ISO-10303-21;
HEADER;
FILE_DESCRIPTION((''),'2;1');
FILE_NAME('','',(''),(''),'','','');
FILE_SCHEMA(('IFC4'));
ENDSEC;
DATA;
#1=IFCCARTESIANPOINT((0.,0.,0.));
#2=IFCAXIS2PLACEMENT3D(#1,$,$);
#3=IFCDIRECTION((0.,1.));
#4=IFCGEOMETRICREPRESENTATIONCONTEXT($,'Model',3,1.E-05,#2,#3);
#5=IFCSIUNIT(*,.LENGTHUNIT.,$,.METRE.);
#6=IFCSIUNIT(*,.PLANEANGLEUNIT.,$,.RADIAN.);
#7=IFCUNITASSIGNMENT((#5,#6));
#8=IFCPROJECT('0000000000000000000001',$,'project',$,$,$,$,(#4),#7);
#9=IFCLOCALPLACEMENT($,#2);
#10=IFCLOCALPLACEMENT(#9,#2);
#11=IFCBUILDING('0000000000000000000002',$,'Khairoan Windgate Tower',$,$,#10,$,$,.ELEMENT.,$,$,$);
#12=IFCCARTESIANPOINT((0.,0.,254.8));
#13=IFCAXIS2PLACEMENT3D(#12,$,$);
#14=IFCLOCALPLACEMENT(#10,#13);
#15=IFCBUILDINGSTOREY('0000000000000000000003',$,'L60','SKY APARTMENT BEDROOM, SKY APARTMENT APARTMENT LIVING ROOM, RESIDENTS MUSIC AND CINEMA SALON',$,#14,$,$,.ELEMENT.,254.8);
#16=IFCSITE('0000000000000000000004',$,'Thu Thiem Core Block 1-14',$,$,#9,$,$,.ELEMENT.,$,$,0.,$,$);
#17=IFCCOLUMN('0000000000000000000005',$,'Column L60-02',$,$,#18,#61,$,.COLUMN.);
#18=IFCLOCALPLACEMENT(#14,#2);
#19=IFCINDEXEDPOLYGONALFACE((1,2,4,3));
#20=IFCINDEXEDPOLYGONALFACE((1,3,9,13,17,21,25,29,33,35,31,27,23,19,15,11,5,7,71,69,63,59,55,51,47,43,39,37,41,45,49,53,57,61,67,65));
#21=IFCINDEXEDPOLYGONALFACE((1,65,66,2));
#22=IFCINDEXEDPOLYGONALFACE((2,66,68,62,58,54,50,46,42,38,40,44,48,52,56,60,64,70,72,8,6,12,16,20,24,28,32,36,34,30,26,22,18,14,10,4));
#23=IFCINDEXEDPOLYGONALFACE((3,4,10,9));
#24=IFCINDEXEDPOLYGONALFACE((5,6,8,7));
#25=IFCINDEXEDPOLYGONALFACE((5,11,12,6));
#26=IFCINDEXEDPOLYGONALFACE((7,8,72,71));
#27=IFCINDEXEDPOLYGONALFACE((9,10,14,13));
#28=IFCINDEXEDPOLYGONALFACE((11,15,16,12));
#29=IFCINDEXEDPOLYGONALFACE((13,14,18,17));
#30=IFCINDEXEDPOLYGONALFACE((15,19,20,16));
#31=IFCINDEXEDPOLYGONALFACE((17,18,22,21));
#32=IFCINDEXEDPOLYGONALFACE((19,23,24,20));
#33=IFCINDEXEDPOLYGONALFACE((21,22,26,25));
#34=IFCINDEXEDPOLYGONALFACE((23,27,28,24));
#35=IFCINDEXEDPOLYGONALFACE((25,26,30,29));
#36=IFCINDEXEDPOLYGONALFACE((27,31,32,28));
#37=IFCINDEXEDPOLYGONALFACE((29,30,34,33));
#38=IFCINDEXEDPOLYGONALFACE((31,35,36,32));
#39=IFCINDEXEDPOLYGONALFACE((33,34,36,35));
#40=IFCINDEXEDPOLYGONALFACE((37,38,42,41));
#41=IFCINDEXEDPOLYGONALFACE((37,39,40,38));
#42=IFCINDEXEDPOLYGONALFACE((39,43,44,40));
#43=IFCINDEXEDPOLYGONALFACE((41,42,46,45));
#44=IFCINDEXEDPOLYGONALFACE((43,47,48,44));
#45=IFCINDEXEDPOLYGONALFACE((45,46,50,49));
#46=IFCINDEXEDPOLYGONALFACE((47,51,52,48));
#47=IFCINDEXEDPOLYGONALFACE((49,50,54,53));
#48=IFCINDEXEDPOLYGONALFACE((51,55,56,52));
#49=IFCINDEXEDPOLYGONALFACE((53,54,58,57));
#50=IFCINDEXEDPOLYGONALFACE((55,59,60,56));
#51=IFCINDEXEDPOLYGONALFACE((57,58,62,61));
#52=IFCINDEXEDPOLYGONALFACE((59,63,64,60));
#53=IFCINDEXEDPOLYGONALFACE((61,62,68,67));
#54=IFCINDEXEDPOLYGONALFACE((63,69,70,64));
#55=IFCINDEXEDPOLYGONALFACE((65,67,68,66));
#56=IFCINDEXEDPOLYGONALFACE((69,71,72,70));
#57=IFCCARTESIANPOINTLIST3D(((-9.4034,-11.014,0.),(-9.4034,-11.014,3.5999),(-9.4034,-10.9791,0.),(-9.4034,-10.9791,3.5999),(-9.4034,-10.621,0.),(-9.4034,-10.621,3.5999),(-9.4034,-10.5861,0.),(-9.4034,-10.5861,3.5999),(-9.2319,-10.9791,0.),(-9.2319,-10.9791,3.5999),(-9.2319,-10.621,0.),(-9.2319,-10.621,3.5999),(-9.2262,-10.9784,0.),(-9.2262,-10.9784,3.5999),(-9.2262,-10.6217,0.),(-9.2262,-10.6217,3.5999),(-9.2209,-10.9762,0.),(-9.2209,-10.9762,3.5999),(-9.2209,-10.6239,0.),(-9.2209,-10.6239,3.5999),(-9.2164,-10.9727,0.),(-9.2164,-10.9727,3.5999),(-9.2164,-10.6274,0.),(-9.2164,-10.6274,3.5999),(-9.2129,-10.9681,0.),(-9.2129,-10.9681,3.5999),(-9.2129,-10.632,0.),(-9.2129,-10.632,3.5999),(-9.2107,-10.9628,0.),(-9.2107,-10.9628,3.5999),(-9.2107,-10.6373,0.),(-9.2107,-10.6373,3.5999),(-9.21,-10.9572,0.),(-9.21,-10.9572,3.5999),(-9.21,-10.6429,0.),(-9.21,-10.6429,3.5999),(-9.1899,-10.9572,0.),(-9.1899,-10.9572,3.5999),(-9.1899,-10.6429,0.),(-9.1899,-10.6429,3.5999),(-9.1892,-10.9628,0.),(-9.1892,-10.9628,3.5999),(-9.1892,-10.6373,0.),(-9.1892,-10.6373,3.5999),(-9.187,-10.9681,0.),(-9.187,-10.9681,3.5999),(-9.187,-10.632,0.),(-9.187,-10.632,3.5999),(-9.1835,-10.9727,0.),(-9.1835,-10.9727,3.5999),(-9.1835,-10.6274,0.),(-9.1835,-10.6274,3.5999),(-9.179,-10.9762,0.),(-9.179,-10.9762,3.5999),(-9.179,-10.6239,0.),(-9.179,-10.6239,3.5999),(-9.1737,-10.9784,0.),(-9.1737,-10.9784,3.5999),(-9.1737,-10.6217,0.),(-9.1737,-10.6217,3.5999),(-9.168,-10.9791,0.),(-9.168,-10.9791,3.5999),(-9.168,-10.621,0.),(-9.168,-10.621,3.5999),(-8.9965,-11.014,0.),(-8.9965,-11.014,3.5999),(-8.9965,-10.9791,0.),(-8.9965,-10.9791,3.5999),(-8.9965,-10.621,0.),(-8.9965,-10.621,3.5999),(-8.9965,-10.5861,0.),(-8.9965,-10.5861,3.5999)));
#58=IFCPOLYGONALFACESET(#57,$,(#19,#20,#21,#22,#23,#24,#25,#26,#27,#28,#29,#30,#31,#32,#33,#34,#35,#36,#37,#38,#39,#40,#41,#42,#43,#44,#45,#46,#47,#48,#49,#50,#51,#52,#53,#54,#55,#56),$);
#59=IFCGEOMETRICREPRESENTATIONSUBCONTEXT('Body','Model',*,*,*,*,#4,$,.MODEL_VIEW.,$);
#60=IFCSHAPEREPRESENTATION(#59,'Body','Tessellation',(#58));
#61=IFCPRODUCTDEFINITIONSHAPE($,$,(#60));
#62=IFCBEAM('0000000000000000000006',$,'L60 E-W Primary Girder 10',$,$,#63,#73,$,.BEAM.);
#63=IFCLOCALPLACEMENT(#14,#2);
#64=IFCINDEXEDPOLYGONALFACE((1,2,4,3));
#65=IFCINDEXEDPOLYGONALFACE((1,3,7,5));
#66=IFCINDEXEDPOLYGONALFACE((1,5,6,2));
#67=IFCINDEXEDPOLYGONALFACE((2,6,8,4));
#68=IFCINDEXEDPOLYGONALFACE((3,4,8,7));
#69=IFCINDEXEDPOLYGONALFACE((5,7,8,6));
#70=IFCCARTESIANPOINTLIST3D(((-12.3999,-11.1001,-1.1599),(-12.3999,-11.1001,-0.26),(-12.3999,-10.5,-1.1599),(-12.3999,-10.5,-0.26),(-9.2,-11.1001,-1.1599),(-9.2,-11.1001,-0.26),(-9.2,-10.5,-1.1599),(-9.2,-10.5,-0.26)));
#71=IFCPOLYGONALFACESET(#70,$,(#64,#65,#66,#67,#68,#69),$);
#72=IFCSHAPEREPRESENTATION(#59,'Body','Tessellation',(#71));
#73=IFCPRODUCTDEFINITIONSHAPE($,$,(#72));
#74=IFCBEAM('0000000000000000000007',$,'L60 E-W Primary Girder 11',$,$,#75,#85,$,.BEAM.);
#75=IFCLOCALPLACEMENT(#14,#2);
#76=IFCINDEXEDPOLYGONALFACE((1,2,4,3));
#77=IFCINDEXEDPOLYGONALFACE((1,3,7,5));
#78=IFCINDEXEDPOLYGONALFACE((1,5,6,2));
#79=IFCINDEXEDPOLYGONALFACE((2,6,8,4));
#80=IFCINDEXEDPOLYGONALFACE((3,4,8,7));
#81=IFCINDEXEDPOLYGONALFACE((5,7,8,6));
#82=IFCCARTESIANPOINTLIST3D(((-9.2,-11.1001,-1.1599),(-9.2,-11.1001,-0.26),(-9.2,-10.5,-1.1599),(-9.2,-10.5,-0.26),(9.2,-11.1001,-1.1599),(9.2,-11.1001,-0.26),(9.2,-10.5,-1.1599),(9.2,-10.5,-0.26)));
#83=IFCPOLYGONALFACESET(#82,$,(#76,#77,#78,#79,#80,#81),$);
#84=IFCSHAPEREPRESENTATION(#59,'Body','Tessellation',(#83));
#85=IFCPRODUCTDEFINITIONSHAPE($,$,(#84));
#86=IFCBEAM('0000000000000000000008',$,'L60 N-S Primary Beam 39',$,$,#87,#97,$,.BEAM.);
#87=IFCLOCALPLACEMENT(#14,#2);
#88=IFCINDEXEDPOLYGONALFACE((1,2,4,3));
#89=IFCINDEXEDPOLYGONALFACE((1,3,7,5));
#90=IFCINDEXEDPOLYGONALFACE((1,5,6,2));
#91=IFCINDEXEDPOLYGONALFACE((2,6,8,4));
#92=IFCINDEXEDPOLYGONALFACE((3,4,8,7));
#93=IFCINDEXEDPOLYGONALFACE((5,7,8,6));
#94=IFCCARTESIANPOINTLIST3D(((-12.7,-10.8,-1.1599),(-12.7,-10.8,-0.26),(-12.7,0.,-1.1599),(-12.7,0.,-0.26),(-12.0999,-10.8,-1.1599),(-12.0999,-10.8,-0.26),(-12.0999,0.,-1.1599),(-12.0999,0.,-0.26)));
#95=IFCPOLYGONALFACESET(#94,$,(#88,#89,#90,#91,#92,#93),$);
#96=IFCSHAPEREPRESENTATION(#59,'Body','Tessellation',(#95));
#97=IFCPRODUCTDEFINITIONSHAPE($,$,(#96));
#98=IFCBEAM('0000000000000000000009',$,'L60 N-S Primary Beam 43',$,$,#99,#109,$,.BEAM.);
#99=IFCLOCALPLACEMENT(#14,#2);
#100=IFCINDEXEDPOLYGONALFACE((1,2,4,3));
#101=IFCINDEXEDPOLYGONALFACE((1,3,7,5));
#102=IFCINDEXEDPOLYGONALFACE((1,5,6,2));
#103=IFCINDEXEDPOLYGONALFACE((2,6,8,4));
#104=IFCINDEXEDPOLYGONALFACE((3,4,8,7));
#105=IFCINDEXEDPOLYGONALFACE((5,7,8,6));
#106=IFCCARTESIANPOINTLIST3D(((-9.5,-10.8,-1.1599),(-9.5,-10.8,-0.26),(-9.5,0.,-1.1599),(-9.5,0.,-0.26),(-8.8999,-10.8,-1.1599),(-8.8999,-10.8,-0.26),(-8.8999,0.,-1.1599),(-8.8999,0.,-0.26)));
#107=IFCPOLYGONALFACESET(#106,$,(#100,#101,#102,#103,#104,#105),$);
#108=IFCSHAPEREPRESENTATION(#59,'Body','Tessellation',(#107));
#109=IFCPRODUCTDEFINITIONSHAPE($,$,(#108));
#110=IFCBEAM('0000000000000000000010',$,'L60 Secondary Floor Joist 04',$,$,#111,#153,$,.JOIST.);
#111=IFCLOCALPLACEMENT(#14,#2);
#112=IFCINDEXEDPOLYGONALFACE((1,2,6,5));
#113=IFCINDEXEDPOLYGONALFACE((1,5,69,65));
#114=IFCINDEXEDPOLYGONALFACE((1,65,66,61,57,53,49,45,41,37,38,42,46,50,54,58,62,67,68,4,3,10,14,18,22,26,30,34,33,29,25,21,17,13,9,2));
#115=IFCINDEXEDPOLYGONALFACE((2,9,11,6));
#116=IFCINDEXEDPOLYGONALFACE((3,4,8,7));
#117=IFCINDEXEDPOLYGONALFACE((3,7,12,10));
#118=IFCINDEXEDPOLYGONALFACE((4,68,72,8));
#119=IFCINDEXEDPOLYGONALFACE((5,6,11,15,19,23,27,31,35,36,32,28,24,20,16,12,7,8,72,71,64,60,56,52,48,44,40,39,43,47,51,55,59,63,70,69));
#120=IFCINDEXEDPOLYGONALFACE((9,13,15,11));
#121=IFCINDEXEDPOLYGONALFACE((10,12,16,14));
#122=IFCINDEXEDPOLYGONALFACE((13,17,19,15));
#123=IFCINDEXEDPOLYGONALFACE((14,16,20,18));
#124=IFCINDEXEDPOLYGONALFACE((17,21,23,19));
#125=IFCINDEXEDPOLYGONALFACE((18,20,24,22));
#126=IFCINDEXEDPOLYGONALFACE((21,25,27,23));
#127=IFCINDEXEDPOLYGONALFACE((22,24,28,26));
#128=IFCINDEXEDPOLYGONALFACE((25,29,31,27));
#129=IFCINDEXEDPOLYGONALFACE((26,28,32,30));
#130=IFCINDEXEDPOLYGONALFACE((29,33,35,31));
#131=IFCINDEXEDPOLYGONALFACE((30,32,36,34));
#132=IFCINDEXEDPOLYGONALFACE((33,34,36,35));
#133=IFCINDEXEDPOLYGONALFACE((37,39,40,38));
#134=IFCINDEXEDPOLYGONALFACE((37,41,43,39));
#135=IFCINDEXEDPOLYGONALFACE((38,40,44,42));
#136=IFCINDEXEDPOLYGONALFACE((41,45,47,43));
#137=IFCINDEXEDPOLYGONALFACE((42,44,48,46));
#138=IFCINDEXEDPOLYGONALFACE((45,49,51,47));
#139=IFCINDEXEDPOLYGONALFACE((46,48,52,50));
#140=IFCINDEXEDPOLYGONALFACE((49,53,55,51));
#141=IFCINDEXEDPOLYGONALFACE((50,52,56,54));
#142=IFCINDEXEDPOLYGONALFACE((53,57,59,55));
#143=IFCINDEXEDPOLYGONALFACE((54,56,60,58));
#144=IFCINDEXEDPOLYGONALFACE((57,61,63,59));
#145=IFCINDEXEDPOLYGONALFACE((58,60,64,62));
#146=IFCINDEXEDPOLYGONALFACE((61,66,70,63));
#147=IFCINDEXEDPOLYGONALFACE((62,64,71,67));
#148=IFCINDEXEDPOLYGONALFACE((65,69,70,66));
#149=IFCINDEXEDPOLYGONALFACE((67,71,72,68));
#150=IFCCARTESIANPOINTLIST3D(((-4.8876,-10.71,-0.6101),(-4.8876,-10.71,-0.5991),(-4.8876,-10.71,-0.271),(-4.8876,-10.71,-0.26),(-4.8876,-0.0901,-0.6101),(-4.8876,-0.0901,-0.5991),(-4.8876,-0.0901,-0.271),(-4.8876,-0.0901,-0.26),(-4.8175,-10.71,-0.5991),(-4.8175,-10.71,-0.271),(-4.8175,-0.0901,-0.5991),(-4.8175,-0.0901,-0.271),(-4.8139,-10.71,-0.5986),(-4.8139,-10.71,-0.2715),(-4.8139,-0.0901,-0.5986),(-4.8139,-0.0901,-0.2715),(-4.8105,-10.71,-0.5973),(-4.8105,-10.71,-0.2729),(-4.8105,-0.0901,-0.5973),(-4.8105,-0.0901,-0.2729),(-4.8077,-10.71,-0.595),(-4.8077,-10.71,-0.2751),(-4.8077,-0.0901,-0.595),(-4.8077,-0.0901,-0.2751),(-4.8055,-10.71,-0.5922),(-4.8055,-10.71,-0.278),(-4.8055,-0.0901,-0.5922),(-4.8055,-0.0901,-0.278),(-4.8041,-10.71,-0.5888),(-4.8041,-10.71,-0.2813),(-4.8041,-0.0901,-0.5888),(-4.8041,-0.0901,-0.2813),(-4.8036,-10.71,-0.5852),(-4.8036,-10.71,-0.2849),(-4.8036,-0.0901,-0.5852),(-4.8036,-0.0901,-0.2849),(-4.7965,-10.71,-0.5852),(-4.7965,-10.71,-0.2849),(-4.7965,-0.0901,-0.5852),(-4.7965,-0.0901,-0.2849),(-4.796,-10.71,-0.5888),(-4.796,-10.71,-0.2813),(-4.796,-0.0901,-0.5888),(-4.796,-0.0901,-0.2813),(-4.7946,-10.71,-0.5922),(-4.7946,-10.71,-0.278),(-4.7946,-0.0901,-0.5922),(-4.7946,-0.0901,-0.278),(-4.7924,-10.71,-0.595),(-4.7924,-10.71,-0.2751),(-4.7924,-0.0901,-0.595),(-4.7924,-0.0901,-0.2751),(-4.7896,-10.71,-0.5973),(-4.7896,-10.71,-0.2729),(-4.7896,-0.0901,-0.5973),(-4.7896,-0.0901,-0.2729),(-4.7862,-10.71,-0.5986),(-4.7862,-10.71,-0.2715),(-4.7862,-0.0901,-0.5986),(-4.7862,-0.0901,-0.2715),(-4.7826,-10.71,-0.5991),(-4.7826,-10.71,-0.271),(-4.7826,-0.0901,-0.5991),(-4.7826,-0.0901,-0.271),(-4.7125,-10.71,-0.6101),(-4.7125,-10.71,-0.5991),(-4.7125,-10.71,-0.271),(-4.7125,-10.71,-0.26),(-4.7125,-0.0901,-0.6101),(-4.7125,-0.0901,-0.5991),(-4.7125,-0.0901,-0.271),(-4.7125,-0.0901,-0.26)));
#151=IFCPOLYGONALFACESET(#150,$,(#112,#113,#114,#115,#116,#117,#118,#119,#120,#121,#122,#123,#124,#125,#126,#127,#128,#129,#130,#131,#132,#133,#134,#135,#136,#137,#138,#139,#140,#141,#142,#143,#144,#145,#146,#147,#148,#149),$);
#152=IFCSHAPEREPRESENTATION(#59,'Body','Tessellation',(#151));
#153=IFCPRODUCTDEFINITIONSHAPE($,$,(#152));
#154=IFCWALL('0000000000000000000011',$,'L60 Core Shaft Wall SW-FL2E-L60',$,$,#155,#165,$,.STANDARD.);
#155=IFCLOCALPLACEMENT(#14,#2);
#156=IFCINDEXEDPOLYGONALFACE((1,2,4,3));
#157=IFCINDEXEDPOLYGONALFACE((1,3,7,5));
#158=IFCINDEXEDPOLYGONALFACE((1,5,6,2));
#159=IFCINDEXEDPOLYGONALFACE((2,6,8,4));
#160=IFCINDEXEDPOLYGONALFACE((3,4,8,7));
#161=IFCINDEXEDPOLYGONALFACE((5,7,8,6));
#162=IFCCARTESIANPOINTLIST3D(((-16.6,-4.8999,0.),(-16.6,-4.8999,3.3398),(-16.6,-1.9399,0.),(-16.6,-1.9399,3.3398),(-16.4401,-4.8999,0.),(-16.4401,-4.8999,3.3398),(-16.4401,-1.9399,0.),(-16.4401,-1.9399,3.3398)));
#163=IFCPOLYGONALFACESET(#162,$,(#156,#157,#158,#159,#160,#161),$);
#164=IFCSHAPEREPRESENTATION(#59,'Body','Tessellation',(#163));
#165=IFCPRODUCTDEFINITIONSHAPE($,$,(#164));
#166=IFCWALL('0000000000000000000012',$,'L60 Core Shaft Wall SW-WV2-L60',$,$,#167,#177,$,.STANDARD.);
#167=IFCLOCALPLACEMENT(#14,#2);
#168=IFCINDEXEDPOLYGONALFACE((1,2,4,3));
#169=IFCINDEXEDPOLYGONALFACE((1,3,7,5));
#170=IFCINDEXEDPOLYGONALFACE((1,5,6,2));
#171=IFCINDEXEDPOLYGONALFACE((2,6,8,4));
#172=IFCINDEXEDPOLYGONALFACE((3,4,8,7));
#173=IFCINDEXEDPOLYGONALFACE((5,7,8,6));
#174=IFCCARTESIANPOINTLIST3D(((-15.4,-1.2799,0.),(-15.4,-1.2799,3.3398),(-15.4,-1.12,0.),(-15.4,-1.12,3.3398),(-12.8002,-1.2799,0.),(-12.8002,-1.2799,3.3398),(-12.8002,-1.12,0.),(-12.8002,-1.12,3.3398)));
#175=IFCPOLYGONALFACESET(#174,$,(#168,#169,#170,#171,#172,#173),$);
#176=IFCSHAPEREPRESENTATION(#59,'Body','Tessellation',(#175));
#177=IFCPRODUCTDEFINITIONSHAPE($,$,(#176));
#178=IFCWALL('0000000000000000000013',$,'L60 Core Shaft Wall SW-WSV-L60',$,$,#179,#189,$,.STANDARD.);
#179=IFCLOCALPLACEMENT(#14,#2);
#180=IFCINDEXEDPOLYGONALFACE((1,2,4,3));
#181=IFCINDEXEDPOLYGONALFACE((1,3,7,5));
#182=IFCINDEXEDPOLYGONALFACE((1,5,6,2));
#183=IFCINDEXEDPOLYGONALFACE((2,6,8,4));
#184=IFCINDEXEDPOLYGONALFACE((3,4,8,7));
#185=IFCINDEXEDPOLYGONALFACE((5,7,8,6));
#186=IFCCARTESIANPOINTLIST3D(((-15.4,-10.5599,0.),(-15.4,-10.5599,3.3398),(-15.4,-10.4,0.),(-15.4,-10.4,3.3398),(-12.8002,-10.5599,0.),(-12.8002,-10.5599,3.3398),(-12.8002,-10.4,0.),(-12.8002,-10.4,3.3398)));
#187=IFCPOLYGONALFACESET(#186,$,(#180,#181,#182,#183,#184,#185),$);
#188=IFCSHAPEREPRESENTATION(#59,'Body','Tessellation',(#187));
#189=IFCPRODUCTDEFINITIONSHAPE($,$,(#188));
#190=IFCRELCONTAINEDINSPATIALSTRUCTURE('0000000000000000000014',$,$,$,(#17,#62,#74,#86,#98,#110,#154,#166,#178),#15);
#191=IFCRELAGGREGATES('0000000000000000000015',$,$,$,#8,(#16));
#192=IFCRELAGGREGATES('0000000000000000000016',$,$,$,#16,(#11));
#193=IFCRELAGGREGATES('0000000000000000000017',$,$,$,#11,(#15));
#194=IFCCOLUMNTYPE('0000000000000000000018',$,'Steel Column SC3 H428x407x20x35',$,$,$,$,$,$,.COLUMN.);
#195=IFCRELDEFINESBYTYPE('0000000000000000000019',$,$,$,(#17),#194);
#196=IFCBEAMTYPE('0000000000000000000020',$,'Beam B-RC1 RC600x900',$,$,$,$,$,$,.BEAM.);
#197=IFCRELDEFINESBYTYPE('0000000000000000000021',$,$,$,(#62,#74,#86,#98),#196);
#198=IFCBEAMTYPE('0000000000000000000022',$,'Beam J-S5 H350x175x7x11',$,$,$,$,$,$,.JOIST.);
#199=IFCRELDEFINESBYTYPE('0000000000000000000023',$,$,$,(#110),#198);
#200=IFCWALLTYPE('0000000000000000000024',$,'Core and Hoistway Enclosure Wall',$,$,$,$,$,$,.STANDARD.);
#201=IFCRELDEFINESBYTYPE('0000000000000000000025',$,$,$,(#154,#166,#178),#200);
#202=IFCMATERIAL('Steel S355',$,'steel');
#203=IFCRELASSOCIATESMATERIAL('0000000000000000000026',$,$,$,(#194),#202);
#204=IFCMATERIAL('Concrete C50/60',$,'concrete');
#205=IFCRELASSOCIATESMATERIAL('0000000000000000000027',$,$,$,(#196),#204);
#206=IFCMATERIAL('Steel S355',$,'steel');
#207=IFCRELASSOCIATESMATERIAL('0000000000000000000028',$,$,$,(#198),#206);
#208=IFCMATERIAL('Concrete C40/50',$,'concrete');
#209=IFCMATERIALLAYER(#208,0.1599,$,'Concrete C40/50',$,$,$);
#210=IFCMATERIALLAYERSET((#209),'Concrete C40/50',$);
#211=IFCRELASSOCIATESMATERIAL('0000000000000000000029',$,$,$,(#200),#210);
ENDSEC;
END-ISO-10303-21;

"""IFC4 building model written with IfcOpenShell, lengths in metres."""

from ifc_helpers import new_model, si_unit, direction, frame, frame_2d, origin, origin_2d, place, context, subcontext, project, spatial, rectangle, i_section, extrude, material, layer, layer_set, material_profile, profile_set, type_object, element, save


model = new_model("IFC4")

# Units and contexts
model_context = context("Model", 3, precision=1e-05, world=origin(), true_north=direction((0.0, 1.0)))
body_context = subcontext(model_context, "Body", "Model", "MODEL_VIEW")
ifc_project = project(units=[si_unit("LENGTHUNIT", "METRE"), si_unit("PLANEANGLEUNIT", "RADIAN")], contexts=[model_context])

# Site, building, storey
site_placement = place(None, origin())
site = spatial("IfcSite", under=ifc_project, at=site_placement, Name="Thu Thiem Core Block 1-14", CompositionType="ELEMENT", RefElevation=0.0)
building_placement = place(site_placement, origin())
building = spatial("IfcBuilding", under=site, at=building_placement, Name="Khairoan Windgate Tower", CompositionType="ELEMENT")
storey_placement = place(building_placement, frame((0.0, 0.0, 254.8)))
storey = spatial("IfcBuildingStorey", under=building, at=storey_placement, Name="L60", Description="SKY APARTMENT BEDROOM, SKY APARTMENT APARTMENT LIVING ROOM, RESIDENTS MUSIC AND CINEMA SALON", CompositionType="ELEMENT", Elevation=254.8)

# Column
ifc_material_1 = material(Name="Steel S355", Category="steel")
ifc_material_profile_1 = material_profile(ifc_material_1, i_section(OverallWidth=0.407, OverallDepth=0.428, WebThickness=0.02, FlangeThickness=0.0349, FilletRadius=0.022, at=origin_2d()))
ifc_profile_set_1 = profile_set([ifc_material_profile_1], Name="Steel S355")
column_type = type_object("IfcColumnType", Name="Steel Column SC3 H428x407x20x35", PredefinedType="COLUMN", material=ifc_profile_set_1)
column_placement = place(storey_placement, frame((-9.2, -10.8, 0.0), z_axis=(0.0, 0.0, 1.0), x_axis=(1.0, 0.0, 0.0)))
element("IfcColumn", 1, at=column_placement, inside=storey, type_object=column_type, Name="Column L60-02", PredefinedType="COLUMN", context=body_context, shape_type="SweptSolid", body=[
    extrude(i_section(OverallWidth=0.407, OverallDepth=0.428, WebThickness=0.02, FlangeThickness=0.0349, FilletRadius=0.022, at=origin_2d()), origin(), (0.0, 0.0, 1.0), 3.5999),
])

# Beams
ifc_material_2 = material(Name="Concrete C50/60", Category="concrete")
ifc_material_profile_2 = material_profile(ifc_material_2, rectangle(XDim=0.6001, YDim=0.8999, at=origin_2d()))
ifc_profile_set_2 = profile_set([ifc_material_profile_2], Name="Concrete C50/60")
beam_type_1 = type_object("IfcBeamType", Name="Beam B-RC1 RC600x900", PredefinedType="BEAM", material=ifc_profile_set_2)
beam_1_placement = place(storey_placement, frame((-12.3999, -10.8, -0.71), z_axis=(1.0, 0.0, 0.0), x_axis=(0.0, 1.0, 0.0)))
element("IfcBeam", 2, at=beam_1_placement, inside=storey, type_object=beam_type_1, Name="L60 E-W Primary Girder 10", PredefinedType="BEAM", context=body_context, shape_type="SweptSolid", body=[
    extrude(rectangle(XDim=0.6001, YDim=0.8999, at=origin_2d()), origin(), (0.0, 0.0, 1.0), 3.2),
])
beam_2_placement = place(storey_placement, frame((-9.2, -10.8, -0.71), z_axis=(1.0, 0.0, 0.0), x_axis=(0.0, 1.0, 0.0)))
element("IfcBeam", 3, at=beam_2_placement, inside=storey, type_object=beam_type_1, Name="L60 E-W Primary Girder 11", PredefinedType="BEAM", context=body_context, shape_type="SweptSolid", body=[
    extrude(rectangle(XDim=0.6001, YDim=0.8999, at=origin_2d()), origin(), (0.0, 0.0, 1.0), 18.3999),
])
for number, where, z_axis, x_axis, name in (
    (4, (-12.3999, -10.8, -0.71), (0.0, 1.0, 0.0), (-1.0, 0.0, 0.0), "L60 N-S Primary Beam 39"),
    (5, (-9.2, -10.8, -0.71), (0.0, 1.0, 0.0), (-1.0, 0.0, 0.0), "L60 N-S Primary Beam 43"),
):
    element("IfcBeam", number, at=place(storey_placement, frame(where, z_axis=z_axis, x_axis=x_axis)), inside=storey, type_object=beam_type_1, Name=name, PredefinedType="BEAM", context=body_context, shape_type="SweptSolid", body=[
        extrude(rectangle(XDim=0.6001, YDim=0.8999, at=origin_2d()), origin(), (0.0, 0.0, 1.0), 10.8),
    ])
ifc_material_3 = material(Name="Steel S355", Category="steel")
ifc_material_profile_3 = material_profile(ifc_material_3, i_section(OverallWidth=0.175, OverallDepth=0.3501, WebThickness=0.0071, FlangeThickness=0.011, FilletRadius=0.0139, at=origin_2d()))
ifc_profile_set_3 = profile_set([ifc_material_profile_3], Name="Steel S355")
beam_type_2 = type_object("IfcBeamType", Name="Beam J-S5 H350x175x7x11", PredefinedType="JOIST", material=ifc_profile_set_3)
beam_3_placement = place(storey_placement, frame((-4.8, -10.71, -0.4351), z_axis=(0.0, 1.0, 0.0), x_axis=(-1.0, 0.0, 0.0)))
element("IfcBeam", 6, at=beam_3_placement, inside=storey, type_object=beam_type_2, Name="L60 Secondary Floor Joist 04", PredefinedType="JOIST", context=body_context, shape_type="SweptSolid", body=[
    extrude(i_section(OverallWidth=0.175, OverallDepth=0.3501, WebThickness=0.0071, FlangeThickness=0.011, FilletRadius=0.0139, at=origin_2d()), origin(), (0.0, 0.0, 1.0), 10.6199),
])

# Walls
ifc_material_4 = material(Name="Concrete C40/50", Category="concrete")
ifc_layer_1 = layer(ifc_material_4, 0.1599, Name="Concrete C40/50")
ifc_layer_set_1 = layer_set([ifc_layer_1], Name="Concrete C40/50")
wall_type_1 = type_object("IfcWallType", Name="Core and Hoistway Enclosure Wall", PredefinedType="STANDARD", material=ifc_layer_set_1)
wall_1_placement = place(storey_placement, frame((-16.52, -4.8999, 0.0), z_axis=(0.0, 0.0, 1.0), x_axis=(0.0, 1.0, 0.0)))
element("IfcWall", 7, at=wall_1_placement, inside=storey, type_object=wall_type_1, Name="L60 Core Shaft Wall SW-FL2E-L60", PredefinedType="STANDARD", context=body_context, shape_type="SweptSolid", body=[
    extrude(rectangle(XDim=2.96, YDim=0.1599, at=frame_2d((1.48, 0.0))), origin(), (0.0, 0.0, 1.0), 3.3398),
])
for number, where, z_axis, x_axis, name in (
    (8, (-15.3999, -1.2, 0.0), (0.0, 0.0, 1.0), (1.0, 0.0, 0.0), "L60 Core Shaft Wall SW-WV2-L60"),
    (9, (-15.3999, -10.48, 0.0), (0.0, 0.0, 1.0), (1.0, 0.0, 0.0), "L60 Core Shaft Wall SW-WSV-L60"),
):
    element("IfcWall", number, at=place(storey_placement, frame(where, z_axis=z_axis, x_axis=x_axis)), inside=storey, type_object=wall_type_1, Name=name, PredefinedType="STANDARD", context=body_context, shape_type="SweptSolid", body=[
        extrude(rectangle(XDim=2.5999, YDim=0.1599, at=frame_2d((1.2998, 0.0))), origin(), (0.0, 0.0, 1.0), 3.3398),
    ])

save(model, "model.ifc")
